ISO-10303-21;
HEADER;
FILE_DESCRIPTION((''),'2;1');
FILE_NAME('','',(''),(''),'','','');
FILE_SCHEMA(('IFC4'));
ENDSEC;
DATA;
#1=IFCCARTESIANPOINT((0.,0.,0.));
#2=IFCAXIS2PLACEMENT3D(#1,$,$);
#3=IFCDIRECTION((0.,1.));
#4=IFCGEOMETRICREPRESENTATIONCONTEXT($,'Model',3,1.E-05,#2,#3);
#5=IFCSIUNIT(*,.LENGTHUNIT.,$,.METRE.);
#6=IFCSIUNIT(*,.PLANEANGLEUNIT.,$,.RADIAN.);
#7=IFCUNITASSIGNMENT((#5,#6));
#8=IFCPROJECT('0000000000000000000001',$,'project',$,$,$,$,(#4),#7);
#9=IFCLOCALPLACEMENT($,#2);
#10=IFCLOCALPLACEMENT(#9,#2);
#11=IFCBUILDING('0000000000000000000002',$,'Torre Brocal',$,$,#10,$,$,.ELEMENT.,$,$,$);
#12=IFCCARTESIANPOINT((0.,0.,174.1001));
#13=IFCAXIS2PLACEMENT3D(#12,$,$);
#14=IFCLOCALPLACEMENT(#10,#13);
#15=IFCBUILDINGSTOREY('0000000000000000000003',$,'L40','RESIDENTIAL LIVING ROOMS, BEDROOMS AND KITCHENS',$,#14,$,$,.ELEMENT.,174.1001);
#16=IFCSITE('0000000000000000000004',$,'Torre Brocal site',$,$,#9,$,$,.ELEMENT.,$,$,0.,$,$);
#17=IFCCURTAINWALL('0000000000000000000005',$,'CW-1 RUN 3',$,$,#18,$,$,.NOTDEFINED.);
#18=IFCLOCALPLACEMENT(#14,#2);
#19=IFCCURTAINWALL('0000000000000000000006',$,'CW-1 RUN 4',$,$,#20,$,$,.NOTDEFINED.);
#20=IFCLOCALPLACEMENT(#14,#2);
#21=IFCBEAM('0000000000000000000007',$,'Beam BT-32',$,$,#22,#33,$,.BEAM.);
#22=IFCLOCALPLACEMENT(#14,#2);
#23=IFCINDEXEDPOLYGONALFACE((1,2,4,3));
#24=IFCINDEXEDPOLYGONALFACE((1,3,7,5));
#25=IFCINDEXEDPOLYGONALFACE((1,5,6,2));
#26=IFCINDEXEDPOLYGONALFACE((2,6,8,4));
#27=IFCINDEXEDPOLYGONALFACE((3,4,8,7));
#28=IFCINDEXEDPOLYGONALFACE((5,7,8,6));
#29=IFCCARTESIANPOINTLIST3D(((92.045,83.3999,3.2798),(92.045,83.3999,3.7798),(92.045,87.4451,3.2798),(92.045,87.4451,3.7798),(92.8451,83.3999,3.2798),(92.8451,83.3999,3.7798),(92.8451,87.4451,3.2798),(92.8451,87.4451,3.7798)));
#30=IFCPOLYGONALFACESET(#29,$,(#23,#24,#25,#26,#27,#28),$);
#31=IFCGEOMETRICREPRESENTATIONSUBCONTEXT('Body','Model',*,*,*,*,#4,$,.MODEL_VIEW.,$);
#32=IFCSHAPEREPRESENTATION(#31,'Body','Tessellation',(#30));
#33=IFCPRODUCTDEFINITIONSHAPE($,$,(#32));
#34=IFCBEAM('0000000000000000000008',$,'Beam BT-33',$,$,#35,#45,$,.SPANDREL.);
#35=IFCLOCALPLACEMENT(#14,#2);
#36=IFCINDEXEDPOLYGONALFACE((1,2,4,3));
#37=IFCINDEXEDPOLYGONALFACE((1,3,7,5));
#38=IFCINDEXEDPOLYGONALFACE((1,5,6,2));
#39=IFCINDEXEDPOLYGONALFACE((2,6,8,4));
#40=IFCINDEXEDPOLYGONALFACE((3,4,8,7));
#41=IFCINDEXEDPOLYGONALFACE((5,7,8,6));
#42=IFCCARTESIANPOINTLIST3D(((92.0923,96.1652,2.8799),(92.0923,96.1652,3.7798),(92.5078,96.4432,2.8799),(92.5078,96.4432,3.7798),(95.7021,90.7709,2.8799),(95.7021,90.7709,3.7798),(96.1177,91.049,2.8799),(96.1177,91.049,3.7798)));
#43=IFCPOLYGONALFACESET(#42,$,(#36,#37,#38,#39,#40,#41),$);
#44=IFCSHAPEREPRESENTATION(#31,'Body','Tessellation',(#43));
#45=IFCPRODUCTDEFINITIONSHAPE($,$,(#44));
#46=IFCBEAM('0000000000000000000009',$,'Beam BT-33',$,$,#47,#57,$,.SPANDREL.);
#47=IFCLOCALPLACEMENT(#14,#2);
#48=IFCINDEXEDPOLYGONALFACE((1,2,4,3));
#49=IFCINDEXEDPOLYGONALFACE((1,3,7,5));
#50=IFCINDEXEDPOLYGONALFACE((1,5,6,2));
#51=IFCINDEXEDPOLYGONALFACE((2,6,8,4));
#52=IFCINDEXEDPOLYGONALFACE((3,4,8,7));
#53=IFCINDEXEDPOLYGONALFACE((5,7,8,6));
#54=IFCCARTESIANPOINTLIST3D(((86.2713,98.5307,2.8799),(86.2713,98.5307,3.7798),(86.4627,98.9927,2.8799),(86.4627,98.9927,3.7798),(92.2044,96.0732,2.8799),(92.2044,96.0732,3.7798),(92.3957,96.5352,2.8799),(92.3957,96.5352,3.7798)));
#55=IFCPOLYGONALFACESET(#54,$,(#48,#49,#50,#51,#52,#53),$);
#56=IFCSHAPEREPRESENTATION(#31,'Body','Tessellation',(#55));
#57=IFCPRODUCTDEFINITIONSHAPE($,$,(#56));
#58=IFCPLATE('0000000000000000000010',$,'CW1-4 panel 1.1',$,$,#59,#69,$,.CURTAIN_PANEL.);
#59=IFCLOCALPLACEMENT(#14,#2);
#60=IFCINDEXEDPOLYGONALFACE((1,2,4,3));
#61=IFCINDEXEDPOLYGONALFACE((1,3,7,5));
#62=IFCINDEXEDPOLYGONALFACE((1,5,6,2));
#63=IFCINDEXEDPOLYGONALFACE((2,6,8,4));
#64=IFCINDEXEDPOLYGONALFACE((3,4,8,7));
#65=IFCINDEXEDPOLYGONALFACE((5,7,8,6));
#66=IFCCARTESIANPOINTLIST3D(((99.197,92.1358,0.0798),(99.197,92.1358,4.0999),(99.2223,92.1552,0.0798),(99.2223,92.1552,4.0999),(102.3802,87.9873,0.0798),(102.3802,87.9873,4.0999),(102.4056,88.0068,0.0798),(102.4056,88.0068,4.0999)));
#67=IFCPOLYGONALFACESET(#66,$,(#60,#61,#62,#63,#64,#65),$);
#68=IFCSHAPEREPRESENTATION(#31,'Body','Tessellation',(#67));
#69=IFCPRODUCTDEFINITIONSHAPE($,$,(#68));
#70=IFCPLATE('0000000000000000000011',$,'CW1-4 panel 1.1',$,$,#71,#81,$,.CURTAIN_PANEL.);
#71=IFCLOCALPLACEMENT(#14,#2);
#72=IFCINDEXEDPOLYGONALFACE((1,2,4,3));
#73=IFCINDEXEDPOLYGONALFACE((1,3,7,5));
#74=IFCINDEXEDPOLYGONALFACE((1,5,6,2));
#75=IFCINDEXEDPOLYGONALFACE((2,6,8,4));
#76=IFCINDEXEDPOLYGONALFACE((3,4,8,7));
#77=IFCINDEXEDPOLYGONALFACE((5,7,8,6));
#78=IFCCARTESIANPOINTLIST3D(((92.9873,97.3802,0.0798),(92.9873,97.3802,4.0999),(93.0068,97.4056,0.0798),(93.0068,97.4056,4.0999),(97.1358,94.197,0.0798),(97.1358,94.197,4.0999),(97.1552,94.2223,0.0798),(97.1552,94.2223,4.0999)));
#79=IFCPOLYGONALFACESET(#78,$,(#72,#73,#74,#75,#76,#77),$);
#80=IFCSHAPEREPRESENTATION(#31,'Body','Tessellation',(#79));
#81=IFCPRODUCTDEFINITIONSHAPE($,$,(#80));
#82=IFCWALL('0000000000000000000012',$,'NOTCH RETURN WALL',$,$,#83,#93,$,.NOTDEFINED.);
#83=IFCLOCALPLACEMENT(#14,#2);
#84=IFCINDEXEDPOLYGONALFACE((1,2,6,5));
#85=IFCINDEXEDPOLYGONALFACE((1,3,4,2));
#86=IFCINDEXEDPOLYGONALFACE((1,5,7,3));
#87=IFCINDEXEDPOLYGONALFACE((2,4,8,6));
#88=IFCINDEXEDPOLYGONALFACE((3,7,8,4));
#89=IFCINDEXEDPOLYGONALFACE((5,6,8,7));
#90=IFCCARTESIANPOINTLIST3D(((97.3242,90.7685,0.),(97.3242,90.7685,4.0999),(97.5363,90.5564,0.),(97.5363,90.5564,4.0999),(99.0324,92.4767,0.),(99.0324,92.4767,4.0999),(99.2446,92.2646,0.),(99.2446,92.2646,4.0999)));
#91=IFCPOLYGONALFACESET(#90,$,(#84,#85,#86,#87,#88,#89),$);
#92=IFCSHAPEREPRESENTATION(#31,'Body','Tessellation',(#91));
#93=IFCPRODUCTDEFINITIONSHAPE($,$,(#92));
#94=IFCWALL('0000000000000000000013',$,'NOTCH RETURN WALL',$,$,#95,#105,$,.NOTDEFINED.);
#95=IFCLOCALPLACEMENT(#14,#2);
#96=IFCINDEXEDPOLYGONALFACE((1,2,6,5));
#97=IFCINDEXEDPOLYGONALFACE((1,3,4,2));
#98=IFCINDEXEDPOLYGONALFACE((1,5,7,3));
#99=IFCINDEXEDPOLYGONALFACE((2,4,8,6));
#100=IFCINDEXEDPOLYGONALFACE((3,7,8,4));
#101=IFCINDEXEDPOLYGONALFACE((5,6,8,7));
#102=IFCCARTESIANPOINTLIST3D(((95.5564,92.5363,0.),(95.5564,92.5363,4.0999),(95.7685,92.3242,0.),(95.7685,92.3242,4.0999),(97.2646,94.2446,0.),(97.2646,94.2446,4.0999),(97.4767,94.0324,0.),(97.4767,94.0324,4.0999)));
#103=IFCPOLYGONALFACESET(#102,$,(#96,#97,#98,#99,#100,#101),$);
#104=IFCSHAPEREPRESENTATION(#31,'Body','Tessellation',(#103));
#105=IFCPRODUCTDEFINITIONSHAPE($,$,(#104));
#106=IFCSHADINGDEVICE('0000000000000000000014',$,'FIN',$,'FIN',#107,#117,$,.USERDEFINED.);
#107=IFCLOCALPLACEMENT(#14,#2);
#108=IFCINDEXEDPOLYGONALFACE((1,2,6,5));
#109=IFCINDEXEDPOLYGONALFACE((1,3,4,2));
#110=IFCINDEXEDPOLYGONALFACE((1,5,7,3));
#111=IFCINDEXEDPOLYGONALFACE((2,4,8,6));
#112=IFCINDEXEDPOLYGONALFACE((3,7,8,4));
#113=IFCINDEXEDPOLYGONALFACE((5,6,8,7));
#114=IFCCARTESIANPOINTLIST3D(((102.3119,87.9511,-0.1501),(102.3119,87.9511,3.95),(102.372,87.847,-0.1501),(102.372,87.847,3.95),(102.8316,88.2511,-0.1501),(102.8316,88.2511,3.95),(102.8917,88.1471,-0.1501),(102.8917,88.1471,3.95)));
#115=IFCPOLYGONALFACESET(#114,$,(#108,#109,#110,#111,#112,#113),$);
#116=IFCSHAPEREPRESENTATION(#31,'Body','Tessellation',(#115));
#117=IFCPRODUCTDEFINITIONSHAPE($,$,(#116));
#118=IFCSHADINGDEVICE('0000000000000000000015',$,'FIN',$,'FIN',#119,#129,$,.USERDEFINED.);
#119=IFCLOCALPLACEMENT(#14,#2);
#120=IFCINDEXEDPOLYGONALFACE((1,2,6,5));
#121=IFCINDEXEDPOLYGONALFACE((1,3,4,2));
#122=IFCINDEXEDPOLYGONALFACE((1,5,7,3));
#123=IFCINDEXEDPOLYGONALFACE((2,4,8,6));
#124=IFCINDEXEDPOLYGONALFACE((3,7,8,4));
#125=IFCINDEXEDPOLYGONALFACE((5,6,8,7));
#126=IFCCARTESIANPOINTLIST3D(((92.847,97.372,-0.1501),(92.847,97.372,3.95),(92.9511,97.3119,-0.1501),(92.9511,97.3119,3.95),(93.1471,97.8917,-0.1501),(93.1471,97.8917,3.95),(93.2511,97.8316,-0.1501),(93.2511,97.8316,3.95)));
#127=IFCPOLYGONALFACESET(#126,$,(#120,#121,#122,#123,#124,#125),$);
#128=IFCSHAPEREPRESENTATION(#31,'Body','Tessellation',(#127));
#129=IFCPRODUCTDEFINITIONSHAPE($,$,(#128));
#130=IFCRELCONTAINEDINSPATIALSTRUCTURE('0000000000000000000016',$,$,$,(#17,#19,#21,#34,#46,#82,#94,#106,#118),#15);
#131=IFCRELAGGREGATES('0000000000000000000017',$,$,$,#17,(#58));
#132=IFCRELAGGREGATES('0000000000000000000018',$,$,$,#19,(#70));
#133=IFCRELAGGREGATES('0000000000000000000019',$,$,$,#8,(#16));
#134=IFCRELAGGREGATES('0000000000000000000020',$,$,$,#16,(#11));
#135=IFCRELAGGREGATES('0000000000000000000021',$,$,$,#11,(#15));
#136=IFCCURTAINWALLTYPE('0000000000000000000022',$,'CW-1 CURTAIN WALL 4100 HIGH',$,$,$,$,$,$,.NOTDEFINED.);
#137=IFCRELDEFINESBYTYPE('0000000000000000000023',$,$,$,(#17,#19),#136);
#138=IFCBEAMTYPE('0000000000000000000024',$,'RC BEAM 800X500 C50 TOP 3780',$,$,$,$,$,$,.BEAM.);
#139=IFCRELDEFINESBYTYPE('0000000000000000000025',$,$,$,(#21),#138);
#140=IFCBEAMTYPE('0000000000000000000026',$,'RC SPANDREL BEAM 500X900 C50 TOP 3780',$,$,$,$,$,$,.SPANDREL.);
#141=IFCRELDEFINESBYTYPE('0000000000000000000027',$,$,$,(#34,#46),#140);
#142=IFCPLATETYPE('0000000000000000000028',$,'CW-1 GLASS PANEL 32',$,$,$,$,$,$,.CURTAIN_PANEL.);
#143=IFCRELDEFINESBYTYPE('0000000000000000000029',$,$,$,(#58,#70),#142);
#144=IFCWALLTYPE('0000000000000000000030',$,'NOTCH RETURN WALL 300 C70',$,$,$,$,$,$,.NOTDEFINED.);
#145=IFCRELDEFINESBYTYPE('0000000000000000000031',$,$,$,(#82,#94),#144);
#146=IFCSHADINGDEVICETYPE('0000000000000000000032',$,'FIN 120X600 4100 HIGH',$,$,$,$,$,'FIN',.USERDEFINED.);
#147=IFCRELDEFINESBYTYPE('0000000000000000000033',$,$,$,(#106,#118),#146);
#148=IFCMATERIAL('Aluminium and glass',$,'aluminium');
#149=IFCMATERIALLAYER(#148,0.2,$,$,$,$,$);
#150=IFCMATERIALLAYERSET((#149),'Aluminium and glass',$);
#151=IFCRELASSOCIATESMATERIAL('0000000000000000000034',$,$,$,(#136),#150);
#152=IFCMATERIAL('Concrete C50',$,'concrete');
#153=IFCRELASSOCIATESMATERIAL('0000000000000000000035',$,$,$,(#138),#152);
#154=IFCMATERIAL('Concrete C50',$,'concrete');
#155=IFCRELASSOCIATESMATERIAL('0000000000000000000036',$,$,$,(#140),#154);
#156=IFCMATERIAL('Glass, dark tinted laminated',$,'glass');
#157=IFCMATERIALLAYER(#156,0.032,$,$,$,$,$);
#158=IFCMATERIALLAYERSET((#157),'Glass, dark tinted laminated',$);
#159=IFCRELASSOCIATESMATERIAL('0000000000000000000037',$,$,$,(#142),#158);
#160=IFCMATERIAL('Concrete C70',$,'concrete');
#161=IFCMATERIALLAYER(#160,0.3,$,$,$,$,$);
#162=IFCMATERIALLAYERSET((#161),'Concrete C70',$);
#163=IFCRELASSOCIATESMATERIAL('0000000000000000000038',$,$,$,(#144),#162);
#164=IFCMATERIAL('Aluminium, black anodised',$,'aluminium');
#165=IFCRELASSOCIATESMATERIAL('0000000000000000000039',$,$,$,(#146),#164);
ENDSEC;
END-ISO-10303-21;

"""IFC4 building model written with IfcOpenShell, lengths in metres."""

from ifc_helpers import new_model, si_unit, direction, frame, frame_2d, origin, origin_2d, place, context, subcontext, project, spatial, rectangle, extrude, material, layer, layer_set, material_profile, profile_set, type_object, element, aggregate, save


model = new_model("IFC4")

# Units and contexts
model_context = context("Model", 3, precision=1e-05, world=origin(), true_north=direction((0.0, 1.0)))
body_context = subcontext(model_context, "Body", "Model", "MODEL_VIEW")
ifc_project = project(units=[si_unit("LENGTHUNIT", "METRE"), si_unit("PLANEANGLEUNIT", "RADIAN")], contexts=[model_context])

# Site, building, storey
site_placement = place(None, origin())
site = spatial("IfcSite", under=ifc_project, at=site_placement, Name="Torre Brocal site", CompositionType="ELEMENT", RefElevation=0.0)
building_placement = place(site_placement, origin())
building = spatial("IfcBuilding", under=site, at=building_placement, Name="Torre Brocal", CompositionType="ELEMENT")
storey_placement = place(building_placement, frame((0.0, 0.0, 174.1001)))
storey = spatial("IfcBuildingStorey", under=building, at=storey_placement, Name="L40", Description="RESIDENTIAL LIVING ROOMS, BEDROOMS AND KITCHENS", CompositionType="ELEMENT", Elevation=174.1001)

# Shared definitions
ifc_material_1 = material(Name="Aluminium and glass", Category="aluminium")
ifc_layer_1 = layer(ifc_material_1, 0.2)
ifc_layer_set_1 = layer_set([ifc_layer_1], Name="Aluminium and glass")
curtain_wall_type = type_object("IfcCurtainWallType", Name="CW-1 CURTAIN WALL 4100 HIGH", PredefinedType="NOTDEFINED", material=ifc_layer_set_1)

# Curtain walls
curtain_wall_1_placement = place(storey_placement, origin())
curtain_wall_1 = element("IfcCurtainWall", 1, at=curtain_wall_1_placement, inside=storey, type_object=curtain_wall_type, Name="CW-1 RUN 3", PredefinedType="NOTDEFINED")
curtain_wall_2_placement = place(storey_placement, origin())
curtain_wall_2 = element("IfcCurtainWall", 2, at=curtain_wall_2_placement, inside=storey, type_object=curtain_wall_type, Name="CW-1 RUN 4", PredefinedType="NOTDEFINED")

# Beams
ifc_material_2 = material(Name="Concrete C50", Category="concrete")
ifc_material_profile_1 = material_profile(ifc_material_2, rectangle(XDim=0.8, YDim=0.5, at=origin_2d()), Name="RC 800X500")
ifc_profile_set_1 = profile_set([ifc_material_profile_1], Name="Concrete C50")
beam_type_1 = type_object("IfcBeamType", Name="RC BEAM 800X500 C50 TOP 3780", PredefinedType="BEAM", material=ifc_profile_set_1)
beam_1_placement = place(storey_placement, frame((92.4451, 87.4451, 3.5298), z_axis=(0.0, -1.0, 0.0), x_axis=(1.0, 0.0, 0.0)))
element("IfcBeam", 3, at=beam_1_placement, inside=storey, type_object=beam_type_1, Name="Beam BT-32", PredefinedType="BEAM", context=body_context, shape_type="SweptSolid", body=[
    extrude(rectangle(XDim=0.8, YDim=0.5, at=origin_2d()), origin(), (0.0, 0.0, 1.0), 4.0452),
])
ifc_material_3 = material(Name="Concrete C50", Category="concrete")
ifc_material_profile_2 = material_profile(ifc_material_3, rectangle(XDim=0.5, YDim=0.8999, at=origin_2d()), Name="RC 500X900")
ifc_profile_set_2 = profile_set([ifc_material_profile_2], Name="Concrete C50")
beam_type_2 = type_object("IfcBeamType", Name="RC SPANDREL BEAM 500X900 C50 TOP 3780", PredefinedType="SPANDREL", material=ifc_profile_set_2)
beam_2_placement = place(storey_placement, frame((95.9099, 90.9099, 3.3298), z_axis=(-0.556158, 0.831077, 0.0), x_axis=(-0.831077, -0.556158, 0.0)))
element("IfcBeam", 4, at=beam_2_placement, inside=storey, type_object=beam_type_2, Name="Beam BT-33", PredefinedType="SPANDREL", context=body_context, shape_type="SweptSolid", body=[
    extrude(rectangle(XDim=0.5, YDim=0.8999, at=origin_2d()), origin(), (0.0, 0.0, 1.0), 6.4907),
])
beam_3_placement = place(storey_placement, frame((92.3, 96.3042, 3.3298), z_axis=(-0.923882, 0.382676, 0.0), x_axis=(-0.382676, -0.923882, 0.0)))
element("IfcBeam", 5, at=beam_3_placement, inside=storey, type_object=beam_type_2, Name="Beam BT-33", PredefinedType="SPANDREL", context=body_context, shape_type="SweptSolid", body=[
    extrude(rectangle(XDim=0.5, YDim=0.8999, at=origin_2d()), origin(), (0.0, 0.0, 1.0), 6.4219),
])

# Plates
ifc_material_4 = material(Name="Glass, dark tinted laminated", Category="glass")
ifc_layer_2 = layer(ifc_material_4, 0.032)
ifc_layer_set_2 = layer_set([ifc_layer_2], Name="Glass, dark tinted laminated")
plate_type = type_object("IfcPlateType", Name="CW-1 GLASS PANEL 32", PredefinedType="CURTAIN_PANEL", material=ifc_layer_set_2)
plate_1_placement = place(storey_placement, frame((100.8013, 90.0713, 0.0798), z_axis=(0.0, 0.0, 1.0), x_axis=(-0.608761, 0.793353, 0.0)))
plate_1 = element("IfcPlate", 6, at=plate_1_placement, type_object=plate_type, Name="CW1-4 panel 1.1", PredefinedType="CURTAIN_PANEL", context=body_context, shape_type="SweptSolid", body=[
    extrude(rectangle(XDim=5.229, YDim=0.032, at=origin_2d()), origin(), (0.0, 0.0, 1.0), 4.02),
])
aggregate(curtain_wall_1, [plate_1])
plate_2_placement = place(storey_placement, frame((95.0713, 95.8013, 0.0798), z_axis=(0.0, 0.0, 1.0), x_axis=(-0.793353, 0.608761, 0.0)))
plate_2 = element("IfcPlate", 7, at=plate_2_placement, type_object=plate_type, Name="CW1-4 panel 1.1", PredefinedType="CURTAIN_PANEL", context=body_context, shape_type="SweptSolid", body=[
    extrude(rectangle(XDim=5.229, YDim=0.032, at=origin_2d()), origin(), (0.0, 0.0, 1.0), 4.02),
])
aggregate(curtain_wall_2, [plate_2])

# Walls
ifc_material_5 = material(Name="Concrete C70", Category="concrete")
ifc_layer_3 = layer(ifc_material_5, 0.3)
ifc_layer_set_3 = layer_set([ifc_layer_3], Name="Concrete C70")
wall_type = type_object("IfcWallType", Name="NOTCH RETURN WALL 300 C70", PredefinedType="NOTDEFINED", material=ifc_layer_set_3)
for number, where, z_axis, x_axis, name in (
    (8, (97.4302, 90.6624, 0.0), (0.0, 0.0, 1.0), (0.707107, 0.707107, 0.0), "NOTCH RETURN WALL"),
    (9, (95.6624, 92.4302, 0.0), (0.0, 0.0, 1.0), (0.707107, 0.707107, 0.0), "NOTCH RETURN WALL"),
):
    element("IfcWall", number, at=place(storey_placement, frame(where, z_axis=z_axis, x_axis=x_axis)), inside=storey, type_object=wall_type, Name=name, PredefinedType="NOTDEFINED", context=body_context, shape_type="SweptSolid", body=[
        extrude(rectangle(XDim=2.4158, YDim=0.3, at=frame_2d((1.208, 0.0))), origin(), (0.0, 0.0, 1.0), 4.0999),
    ])

# Shading devices
ifc_material_6 = material(Name="Aluminium, black anodised", Category="aluminium")
ifc_material_profile_3 = material_profile(ifc_material_6, rectangle(XDim=0.1201, YDim=0.6001, at=origin_2d()), Name="FIN 120X600 4100 HIGH")
ifc_profile_set_3 = profile_set([ifc_material_profile_3], Name="Aluminium, black anodised")
shading_device_type = type_object("IfcShadingDeviceType", Name="FIN 120X600 4100 HIGH", ElementType="FIN", PredefinedType="USERDEFINED", material=ifc_profile_set_3)
for number, where, z_axis, x_axis, name in (
    (10, (102.6018, 88.0491, -0.1501), (0.0, 0.0, 1.0), (-0.5, 0.866025, 0.0), "FIN"),
    (11, (93.0491, 97.6018, -0.1501), (0.0, 0.0, 1.0), (-0.866025, 0.5, 0.0), "FIN"),
):
    element("IfcShadingDevice", number, at=place(storey_placement, frame(where, z_axis=z_axis, x_axis=x_axis)), inside=storey, type_object=shading_device_type, Name=name, ObjectType="FIN", PredefinedType="USERDEFINED", context=body_context, shape_type="SweptSolid", body=[
        extrude(rectangle(XDim=0.1201, YDim=0.6001, at=origin_2d()), origin(), (0.0, 0.0, 1.0), 4.1001),
    ])

save(model, "model.ifc")
